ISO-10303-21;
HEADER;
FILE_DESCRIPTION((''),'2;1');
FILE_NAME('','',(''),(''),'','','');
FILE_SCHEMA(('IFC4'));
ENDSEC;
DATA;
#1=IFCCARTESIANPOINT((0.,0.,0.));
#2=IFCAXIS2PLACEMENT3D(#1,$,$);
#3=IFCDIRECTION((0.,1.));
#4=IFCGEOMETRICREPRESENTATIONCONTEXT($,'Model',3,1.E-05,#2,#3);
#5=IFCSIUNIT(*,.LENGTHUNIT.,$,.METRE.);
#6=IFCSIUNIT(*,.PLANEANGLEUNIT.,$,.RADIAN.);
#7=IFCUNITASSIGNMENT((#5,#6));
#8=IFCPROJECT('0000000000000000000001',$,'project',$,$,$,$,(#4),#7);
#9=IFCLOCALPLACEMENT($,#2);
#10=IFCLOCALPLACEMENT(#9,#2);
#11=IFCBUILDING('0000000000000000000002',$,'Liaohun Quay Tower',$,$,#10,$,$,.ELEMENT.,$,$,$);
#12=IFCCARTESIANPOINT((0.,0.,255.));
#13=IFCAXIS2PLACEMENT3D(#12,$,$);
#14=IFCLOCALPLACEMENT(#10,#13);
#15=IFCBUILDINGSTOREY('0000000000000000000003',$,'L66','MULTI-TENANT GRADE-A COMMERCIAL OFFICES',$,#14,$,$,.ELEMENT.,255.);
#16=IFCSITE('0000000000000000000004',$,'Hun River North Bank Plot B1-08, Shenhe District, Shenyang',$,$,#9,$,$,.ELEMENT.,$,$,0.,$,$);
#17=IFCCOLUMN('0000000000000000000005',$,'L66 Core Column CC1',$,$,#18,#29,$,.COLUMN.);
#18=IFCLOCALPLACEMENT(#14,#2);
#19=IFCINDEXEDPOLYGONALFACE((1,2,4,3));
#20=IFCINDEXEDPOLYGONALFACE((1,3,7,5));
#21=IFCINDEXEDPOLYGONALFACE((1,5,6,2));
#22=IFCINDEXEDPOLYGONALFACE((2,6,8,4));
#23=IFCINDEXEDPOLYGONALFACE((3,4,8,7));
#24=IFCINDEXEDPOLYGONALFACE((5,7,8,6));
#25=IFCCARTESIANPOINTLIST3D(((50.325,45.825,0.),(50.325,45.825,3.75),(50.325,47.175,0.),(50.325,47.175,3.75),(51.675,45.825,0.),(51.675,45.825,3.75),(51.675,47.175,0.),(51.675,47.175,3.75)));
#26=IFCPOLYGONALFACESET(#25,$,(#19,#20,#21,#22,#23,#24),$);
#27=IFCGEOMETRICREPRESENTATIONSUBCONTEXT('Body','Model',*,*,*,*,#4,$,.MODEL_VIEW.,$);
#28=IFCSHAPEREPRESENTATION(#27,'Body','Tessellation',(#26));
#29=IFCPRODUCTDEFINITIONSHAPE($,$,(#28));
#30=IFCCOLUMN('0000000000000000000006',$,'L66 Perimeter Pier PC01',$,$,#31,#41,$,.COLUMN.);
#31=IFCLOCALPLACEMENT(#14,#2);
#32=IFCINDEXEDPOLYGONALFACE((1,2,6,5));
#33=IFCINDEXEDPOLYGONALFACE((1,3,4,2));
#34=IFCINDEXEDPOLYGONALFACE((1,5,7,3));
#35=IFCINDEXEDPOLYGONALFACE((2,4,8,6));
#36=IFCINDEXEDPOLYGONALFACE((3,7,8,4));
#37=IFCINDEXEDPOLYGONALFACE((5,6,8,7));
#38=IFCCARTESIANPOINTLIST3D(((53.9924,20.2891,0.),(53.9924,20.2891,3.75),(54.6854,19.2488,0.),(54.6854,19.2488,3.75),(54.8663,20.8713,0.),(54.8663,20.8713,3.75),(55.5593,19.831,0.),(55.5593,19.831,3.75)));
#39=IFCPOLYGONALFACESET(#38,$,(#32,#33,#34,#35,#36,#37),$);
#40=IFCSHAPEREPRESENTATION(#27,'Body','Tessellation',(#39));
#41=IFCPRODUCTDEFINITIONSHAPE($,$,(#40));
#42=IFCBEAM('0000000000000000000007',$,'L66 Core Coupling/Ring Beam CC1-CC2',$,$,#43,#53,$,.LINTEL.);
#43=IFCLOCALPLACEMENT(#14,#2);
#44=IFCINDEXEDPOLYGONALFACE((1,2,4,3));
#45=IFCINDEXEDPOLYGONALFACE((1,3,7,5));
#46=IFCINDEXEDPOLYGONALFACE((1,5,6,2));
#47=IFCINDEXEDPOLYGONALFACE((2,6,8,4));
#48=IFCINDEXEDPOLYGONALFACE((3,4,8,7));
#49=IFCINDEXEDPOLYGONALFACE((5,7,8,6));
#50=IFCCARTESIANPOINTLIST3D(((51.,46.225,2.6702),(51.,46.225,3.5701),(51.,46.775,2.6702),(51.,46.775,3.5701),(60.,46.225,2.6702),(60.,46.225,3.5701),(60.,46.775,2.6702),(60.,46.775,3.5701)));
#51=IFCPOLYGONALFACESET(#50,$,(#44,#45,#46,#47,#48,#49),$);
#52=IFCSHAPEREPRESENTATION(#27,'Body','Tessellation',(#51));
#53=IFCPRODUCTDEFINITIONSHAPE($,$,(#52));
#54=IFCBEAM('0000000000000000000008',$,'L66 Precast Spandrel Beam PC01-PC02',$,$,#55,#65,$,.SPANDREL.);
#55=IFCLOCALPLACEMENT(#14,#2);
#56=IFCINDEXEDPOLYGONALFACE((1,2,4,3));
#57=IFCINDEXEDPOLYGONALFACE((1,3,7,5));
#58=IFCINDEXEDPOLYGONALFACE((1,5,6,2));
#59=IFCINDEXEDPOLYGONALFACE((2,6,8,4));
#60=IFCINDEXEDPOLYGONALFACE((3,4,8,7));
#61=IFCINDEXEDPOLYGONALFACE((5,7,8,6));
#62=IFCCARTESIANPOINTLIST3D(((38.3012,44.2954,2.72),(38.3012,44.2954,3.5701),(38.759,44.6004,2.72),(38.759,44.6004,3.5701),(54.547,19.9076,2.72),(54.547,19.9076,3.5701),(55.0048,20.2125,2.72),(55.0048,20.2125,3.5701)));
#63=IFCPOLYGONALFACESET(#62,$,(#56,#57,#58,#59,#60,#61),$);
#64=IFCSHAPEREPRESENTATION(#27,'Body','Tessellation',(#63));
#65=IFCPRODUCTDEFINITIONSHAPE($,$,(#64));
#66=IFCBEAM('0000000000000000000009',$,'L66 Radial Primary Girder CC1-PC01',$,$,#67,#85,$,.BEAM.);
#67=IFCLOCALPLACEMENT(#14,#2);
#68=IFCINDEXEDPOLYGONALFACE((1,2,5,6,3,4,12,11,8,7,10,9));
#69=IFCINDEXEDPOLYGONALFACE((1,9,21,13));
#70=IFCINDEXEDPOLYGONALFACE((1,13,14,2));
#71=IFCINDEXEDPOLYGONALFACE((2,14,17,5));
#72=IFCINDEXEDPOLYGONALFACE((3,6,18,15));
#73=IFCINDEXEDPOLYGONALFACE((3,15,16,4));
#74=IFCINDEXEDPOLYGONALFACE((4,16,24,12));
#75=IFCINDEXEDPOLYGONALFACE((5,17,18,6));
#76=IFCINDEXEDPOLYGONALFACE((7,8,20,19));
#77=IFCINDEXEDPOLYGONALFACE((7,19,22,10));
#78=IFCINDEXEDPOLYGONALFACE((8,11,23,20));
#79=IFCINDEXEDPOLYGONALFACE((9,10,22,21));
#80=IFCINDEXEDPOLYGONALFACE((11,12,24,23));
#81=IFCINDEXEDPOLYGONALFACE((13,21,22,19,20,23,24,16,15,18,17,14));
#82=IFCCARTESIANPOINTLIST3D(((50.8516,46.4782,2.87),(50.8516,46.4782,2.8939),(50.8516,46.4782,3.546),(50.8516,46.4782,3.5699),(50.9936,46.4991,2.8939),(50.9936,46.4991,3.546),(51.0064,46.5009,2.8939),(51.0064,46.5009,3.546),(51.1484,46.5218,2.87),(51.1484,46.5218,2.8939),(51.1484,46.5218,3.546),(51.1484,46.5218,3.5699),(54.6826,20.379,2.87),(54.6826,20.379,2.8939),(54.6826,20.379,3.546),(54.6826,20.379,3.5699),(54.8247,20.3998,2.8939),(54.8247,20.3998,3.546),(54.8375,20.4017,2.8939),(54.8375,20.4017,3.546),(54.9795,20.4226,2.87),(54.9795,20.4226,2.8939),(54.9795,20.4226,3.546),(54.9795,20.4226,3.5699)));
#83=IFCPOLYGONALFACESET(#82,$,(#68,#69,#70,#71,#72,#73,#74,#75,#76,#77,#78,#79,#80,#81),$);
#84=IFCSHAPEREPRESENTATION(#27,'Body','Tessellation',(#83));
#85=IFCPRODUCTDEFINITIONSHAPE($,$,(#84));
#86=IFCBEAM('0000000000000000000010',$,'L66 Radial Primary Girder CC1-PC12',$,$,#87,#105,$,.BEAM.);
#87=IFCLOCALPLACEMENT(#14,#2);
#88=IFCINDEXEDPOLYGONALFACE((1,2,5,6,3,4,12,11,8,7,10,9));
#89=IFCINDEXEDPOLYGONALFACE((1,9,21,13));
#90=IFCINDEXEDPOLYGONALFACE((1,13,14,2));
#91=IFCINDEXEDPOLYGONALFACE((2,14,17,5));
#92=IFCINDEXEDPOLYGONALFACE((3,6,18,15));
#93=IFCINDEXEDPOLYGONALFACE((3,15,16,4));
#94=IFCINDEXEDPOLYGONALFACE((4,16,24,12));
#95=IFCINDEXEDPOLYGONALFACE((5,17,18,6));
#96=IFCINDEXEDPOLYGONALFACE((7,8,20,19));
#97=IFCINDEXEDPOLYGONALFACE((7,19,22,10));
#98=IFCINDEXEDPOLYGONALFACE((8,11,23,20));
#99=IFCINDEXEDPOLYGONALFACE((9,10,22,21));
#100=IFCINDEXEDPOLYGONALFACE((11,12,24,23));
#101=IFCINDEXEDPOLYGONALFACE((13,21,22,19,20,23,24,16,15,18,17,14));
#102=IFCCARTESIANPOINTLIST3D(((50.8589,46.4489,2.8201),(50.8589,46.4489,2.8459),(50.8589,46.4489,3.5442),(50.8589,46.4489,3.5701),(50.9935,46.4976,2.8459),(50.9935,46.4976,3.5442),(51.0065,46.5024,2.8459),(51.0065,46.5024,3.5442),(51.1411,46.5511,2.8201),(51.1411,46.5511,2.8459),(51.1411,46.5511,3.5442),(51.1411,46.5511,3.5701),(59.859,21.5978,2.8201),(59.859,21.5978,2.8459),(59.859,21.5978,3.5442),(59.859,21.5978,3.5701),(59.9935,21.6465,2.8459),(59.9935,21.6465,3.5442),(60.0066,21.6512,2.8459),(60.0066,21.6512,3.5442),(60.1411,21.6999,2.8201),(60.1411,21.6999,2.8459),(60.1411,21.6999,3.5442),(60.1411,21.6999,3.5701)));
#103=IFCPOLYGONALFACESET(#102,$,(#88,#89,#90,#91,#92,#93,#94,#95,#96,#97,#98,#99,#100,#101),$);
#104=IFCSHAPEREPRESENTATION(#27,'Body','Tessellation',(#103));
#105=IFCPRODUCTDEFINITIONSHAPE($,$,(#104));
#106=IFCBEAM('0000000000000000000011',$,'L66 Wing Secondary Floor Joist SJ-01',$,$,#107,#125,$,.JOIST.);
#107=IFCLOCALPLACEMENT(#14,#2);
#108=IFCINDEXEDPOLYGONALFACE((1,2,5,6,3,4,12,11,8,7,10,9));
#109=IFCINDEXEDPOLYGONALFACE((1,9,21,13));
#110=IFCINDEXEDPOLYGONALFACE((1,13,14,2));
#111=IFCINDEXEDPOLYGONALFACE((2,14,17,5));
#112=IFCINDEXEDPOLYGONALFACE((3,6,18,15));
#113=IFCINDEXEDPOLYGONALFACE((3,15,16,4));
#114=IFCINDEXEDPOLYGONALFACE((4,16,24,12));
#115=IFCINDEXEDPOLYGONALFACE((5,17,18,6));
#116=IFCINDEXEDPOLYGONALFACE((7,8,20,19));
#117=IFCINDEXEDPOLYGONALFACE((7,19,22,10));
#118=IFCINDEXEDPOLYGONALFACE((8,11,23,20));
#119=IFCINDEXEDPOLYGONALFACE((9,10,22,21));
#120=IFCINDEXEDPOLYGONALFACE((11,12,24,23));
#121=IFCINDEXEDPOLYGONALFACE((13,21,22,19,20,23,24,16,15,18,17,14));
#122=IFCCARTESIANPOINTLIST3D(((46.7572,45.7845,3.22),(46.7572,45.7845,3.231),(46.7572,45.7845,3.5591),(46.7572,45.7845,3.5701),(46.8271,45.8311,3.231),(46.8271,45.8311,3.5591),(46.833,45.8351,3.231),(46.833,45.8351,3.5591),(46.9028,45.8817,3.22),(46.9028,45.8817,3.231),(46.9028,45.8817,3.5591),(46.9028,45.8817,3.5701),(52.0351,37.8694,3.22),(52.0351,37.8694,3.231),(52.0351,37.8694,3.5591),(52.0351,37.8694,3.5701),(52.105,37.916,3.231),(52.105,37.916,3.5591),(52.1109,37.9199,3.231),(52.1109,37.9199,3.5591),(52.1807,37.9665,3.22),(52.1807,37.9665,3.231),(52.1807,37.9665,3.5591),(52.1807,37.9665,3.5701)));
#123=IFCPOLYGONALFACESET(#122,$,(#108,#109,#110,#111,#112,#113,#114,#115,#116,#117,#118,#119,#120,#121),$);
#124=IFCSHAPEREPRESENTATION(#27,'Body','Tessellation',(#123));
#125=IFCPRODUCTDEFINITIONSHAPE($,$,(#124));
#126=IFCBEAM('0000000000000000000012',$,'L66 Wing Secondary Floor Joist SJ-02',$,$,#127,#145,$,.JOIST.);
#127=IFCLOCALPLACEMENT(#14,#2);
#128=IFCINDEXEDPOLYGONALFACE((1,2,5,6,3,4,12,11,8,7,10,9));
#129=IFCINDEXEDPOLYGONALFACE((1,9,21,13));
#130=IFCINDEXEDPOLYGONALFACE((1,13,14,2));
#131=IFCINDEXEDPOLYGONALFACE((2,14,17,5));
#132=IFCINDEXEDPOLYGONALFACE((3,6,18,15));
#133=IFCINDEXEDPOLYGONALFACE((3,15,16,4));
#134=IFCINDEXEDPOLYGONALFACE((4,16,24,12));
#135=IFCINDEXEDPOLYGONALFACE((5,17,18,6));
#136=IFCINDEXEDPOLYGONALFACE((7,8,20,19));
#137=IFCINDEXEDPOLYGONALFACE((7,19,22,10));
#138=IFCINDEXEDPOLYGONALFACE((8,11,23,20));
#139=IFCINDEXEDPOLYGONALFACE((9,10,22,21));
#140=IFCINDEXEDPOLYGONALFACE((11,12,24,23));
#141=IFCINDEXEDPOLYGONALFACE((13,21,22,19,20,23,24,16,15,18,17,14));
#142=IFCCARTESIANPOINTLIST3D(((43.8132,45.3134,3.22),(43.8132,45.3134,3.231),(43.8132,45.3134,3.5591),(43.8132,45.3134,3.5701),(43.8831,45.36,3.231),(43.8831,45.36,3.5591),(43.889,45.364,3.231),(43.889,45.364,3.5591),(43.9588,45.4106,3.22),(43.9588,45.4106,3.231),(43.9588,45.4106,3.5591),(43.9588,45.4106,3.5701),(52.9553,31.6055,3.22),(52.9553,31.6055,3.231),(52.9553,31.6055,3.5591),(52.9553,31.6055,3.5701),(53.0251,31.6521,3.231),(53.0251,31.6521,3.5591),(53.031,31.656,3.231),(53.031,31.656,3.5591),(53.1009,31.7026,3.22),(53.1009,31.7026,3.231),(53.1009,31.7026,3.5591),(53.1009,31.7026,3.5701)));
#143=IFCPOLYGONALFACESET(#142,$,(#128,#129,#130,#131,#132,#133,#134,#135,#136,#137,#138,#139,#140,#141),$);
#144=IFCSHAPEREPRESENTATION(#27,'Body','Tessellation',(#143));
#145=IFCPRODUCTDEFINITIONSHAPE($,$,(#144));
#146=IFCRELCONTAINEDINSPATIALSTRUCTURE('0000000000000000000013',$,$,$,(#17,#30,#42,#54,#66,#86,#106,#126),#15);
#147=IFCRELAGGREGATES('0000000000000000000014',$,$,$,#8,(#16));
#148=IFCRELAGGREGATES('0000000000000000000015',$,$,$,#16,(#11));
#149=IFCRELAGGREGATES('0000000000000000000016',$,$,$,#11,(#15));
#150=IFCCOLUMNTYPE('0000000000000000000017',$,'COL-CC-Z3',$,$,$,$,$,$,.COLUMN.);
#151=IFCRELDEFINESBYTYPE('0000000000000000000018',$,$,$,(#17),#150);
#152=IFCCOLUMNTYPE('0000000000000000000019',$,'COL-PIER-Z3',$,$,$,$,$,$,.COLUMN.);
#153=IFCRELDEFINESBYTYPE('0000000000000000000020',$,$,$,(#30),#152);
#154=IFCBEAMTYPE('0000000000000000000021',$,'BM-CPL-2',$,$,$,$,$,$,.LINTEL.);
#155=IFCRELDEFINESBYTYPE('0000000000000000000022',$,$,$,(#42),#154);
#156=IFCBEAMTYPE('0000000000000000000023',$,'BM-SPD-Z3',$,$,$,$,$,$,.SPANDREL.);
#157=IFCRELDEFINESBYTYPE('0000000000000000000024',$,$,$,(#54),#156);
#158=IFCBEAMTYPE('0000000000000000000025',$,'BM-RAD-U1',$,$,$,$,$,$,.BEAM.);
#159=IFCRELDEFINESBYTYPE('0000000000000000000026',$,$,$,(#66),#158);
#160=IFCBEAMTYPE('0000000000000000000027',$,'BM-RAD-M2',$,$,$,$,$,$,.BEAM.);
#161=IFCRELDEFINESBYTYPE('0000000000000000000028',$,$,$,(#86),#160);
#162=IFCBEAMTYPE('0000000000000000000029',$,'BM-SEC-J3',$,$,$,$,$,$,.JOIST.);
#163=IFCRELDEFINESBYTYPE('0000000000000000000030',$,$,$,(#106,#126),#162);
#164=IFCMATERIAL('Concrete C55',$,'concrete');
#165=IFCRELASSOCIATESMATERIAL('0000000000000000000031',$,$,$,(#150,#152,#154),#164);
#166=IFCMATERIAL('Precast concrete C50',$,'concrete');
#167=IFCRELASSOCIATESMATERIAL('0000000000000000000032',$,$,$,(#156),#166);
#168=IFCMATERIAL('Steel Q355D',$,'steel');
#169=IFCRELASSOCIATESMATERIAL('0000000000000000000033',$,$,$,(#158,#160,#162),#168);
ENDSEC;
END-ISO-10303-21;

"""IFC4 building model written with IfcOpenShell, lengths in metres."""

from ifc_helpers import new_model, si_unit, direction, frame, origin, origin_2d, place, context, subcontext, project, spatial, rectangle, i_section, extrude, source, transform, mapped, material, material_profile, profile_set, type_object, element, save


model = new_model("IFC4")

# Units and contexts
model_context = context("Model", 3, precision=1e-05, world=origin(), true_north=direction((0.0, 1.0)))
body_context = subcontext(model_context, "Body", "Model", "MODEL_VIEW")
ifc_project = project(units=[si_unit("LENGTHUNIT", "METRE"), si_unit("PLANEANGLEUNIT", "RADIAN")], contexts=[model_context])

# Site, building, storey
site_placement = place(None, origin())
site = spatial("IfcSite", under=ifc_project, at=site_placement, Name="Hun River North Bank Plot B1-08, Shenhe District, Shenyang", CompositionType="ELEMENT", RefElevation=0.0)
building_placement = place(site_placement, origin())
building = spatial("IfcBuilding", under=site, at=building_placement, Name="Liaohun Quay Tower", CompositionType="ELEMENT")
storey_placement = place(building_placement, frame((0.0, 0.0, 255.0)))
storey = spatial("IfcBuildingStorey", under=building, at=storey_placement, Name="L66", Description="MULTI-TENANT GRADE-A COMMERCIAL OFFICES", CompositionType="ELEMENT", Elevation=255.0)

# Columns
ifc_material_1 = material(Name="Concrete C55", Category="concrete")
ifc_material_profile_1 = material_profile(ifc_material_1, rectangle(XDim=1.3501, YDim=1.3501, at=origin_2d()), Name="RC1350x1350")
ifc_profile_set_1 = profile_set([ifc_material_profile_1], Name="Concrete C55")
column_type_1 = type_object("IfcColumnType", Name="COL-CC-Z3", PredefinedType="COLUMN", material=ifc_profile_set_1)
shared_shape_1 = source(origin(), body_context, "Body", "SweptSolid", [
    extrude(rectangle(XDim=1.3501, YDim=1.3501, at=origin_2d()), origin(), (0.0, 0.0, 1.0), 3.75),
])
column_1_placement = place(storey_placement, frame((51.0, 46.5, 0.0), z_axis=(0.0, 0.0, 1.0), x_axis=(1.0, 0.0, 0.0)))
element("IfcColumn", 1, at=column_1_placement, inside=storey, type_object=column_type_1, Name="L66 Core Column CC1", PredefinedType="COLUMN", context=body_context, shape_type="MappedRepresentation", body=[
    mapped(shared_shape_1, transform((0.0, 0.0, 0.0), x_axis=(1.0, 0.0, 0.0), y_axis=(0.0, 1.0, 0.0), z_axis=(0.0, 0.0, 1.0), scale=1.0)),
])
ifc_material_profile_2 = material_profile(ifc_material_1, rectangle(XDim=1.25, YDim=1.05, at=origin_2d()), Name="RC1250x1050")
ifc_profile_set_2 = profile_set([ifc_material_profile_2], Name="Concrete C55")
column_type_2 = type_object("IfcColumnType", Name="COL-PIER-Z3", PredefinedType="COLUMN", material=ifc_profile_set_2)
shared_shape_2 = source(origin(), body_context, "Body", "SweptSolid", [
    extrude(rectangle(XDim=1.25, YDim=1.05, at=origin_2d()), origin(), (0.0, 0.0, 1.0), 3.75),
])
column_2_placement = place(storey_placement, frame((54.7759, 20.0601, 0.0), z_axis=(0.0, 0.0, 1.0), x_axis=(-0.554409, 0.832245, 0.0)))
element("IfcColumn", 2, at=column_2_placement, inside=storey, type_object=column_type_2, Name="L66 Perimeter Pier PC01", PredefinedType="COLUMN", context=body_context, shape_type="MappedRepresentation", body=[
    mapped(shared_shape_2, transform((0.0, 0.0, 0.0), x_axis=(1.0, 0.0, 0.0), y_axis=(0.0, 1.0, 0.0), z_axis=(0.0, 0.0, 1.0), scale=1.0)),
])

# Beams
ifc_material_profile_3 = material_profile(ifc_material_1, rectangle(XDim=0.55, YDim=0.8999, at=origin_2d()), Name="RC550x900")
ifc_profile_set_3 = profile_set([ifc_material_profile_3], Name="Concrete C55")
beam_type_1 = type_object("IfcBeamType", Name="BM-CPL-2", PredefinedType="LINTEL", material=ifc_profile_set_3)
shared_shape_3 = source(origin(), body_context, "Body", "SweptSolid", [
    extrude(rectangle(XDim=0.55, YDim=0.8999, at=origin_2d()), origin(), (0.0, 0.0, 1.0), 9.0),
])
beam_1_placement = place(storey_placement, frame((51.0, 46.5, 3.1201), z_axis=(1.0, 0.0, 0.0), x_axis=(0.0, 1.0, 0.0)))
element("IfcBeam", 3, at=beam_1_placement, inside=storey, type_object=beam_type_1, Name="L66 Core Coupling/Ring Beam CC1-CC2", PredefinedType="LINTEL", context=body_context, shape_type="MappedRepresentation", body=[
    mapped(shared_shape_3, transform((0.0, 0.0, 0.0), x_axis=(1.0, 0.0, 0.0), y_axis=(0.0, 1.0, 0.0), z_axis=(0.0, 0.0, 1.0), scale=1.0)),
])
ifc_material_2 = material(Name="Precast concrete C50", Category="concrete")
ifc_material_profile_4 = material_profile(ifc_material_2, rectangle(XDim=0.55, YDim=0.8501, at=origin_2d()), Name="RC550x850")
ifc_profile_set_4 = profile_set([ifc_material_profile_4], Name="Precast concrete C50")
beam_type_2 = type_object("IfcBeamType", Name="BM-SPD-Z3", PredefinedType="SPANDREL", material=ifc_profile_set_4)
shared_shape_4 = source(origin(), body_context, "Body", "SweptSolid", [
    extrude(rectangle(XDim=0.55, YDim=0.8501, at=origin_2d()), origin(), (0.0, 0.0, 1.0), 29.3035),
])
beam_2_placement = place(storey_placement, frame((54.7759, 20.0601, 3.145), z_axis=(-0.554398, 0.832251, 0.0), x_axis=(-0.832251, -0.554398, 0.0)))
element("IfcBeam", 4, at=beam_2_placement, inside=storey, type_object=beam_type_2, Name="L66 Precast Spandrel Beam PC01-PC02", PredefinedType="SPANDREL", context=body_context, shape_type="MappedRepresentation", body=[
    mapped(shared_shape_4, transform((0.0, 0.0, 0.0), x_axis=(1.0, 0.0, 0.0), y_axis=(0.0, 1.0, 0.0), z_axis=(0.0, 0.0, 1.0), scale=1.0)),
])
ifc_material_3 = material(Name="Steel Q355D", Category="steel")
ifc_material_profile_5 = material_profile(ifc_material_3, i_section(OverallWidth=0.3, OverallDepth=0.7, WebThickness=0.0129, FlangeThickness=0.0239, at=origin_2d()), Name="HN700x300x13x24")
ifc_profile_set_5 = profile_set([ifc_material_profile_5], Name="Steel Q355D")
beam_type_3 = type_object("IfcBeamType", Name="BM-RAD-U1", PredefinedType="BEAM", material=ifc_profile_set_5)
shared_shape_5 = source(origin(), body_context, "Body", "SweptSolid", [
    extrude(i_section(OverallWidth=0.3, OverallDepth=0.7, WebThickness=0.0129, FlangeThickness=0.0239, at=origin_2d()), origin(), (0.0, 0.0, 1.0), 26.3789),
])
beam_3_placement = place(storey_placement, frame((51.0, 46.5, 3.22), z_axis=(0.145232, -0.989398, 0.0), x_axis=(0.989398, 0.145232, 0.0)))
element("IfcBeam", 5, at=beam_3_placement, inside=storey, type_object=beam_type_3, Name="L66 Radial Primary Girder CC1-PC01", PredefinedType="BEAM", context=body_context, shape_type="MappedRepresentation", body=[
    mapped(shared_shape_5, transform((0.0, 0.0, 0.0), x_axis=(1.0, 0.0, 0.0), y_axis=(0.0, 1.0, 0.0), z_axis=(0.0, 0.0, 1.0), scale=1.0)),
])
ifc_material_profile_6 = material_profile(ifc_material_3, i_section(OverallWidth=0.3, OverallDepth=0.75, WebThickness=0.0139, FlangeThickness=0.0259, at=origin_2d()), Name="HN750x300x14x26")
ifc_profile_set_6 = profile_set([ifc_material_profile_6], Name="Steel Q355D")
beam_type_4 = type_object("IfcBeamType", Name="BM-RAD-M2", PredefinedType="BEAM", material=ifc_profile_set_6)
shared_shape_6 = source(origin(), body_context, "Body", "SweptSolid", [
    extrude(i_section(OverallWidth=0.3, OverallDepth=0.75, WebThickness=0.0139, FlangeThickness=0.0259, at=origin_2d()), origin(), (0.0, 0.0, 1.0), 26.4307),
])
beam_4_placement = place(storey_placement, frame((51.0, 46.5, 3.1951), z_axis=(0.340515, -0.940239, 0.0), x_axis=(0.940239, 0.340515, 0.0)))
element("IfcBeam", 6, at=beam_4_placement, inside=storey, type_object=beam_type_4, Name="L66 Radial Primary Girder CC1-PC12", PredefinedType="BEAM", context=body_context, shape_type="MappedRepresentation", body=[
    mapped(shared_shape_6, transform((0.0, 0.0, 0.0), x_axis=(1.0, 0.0, 0.0), y_axis=(0.0, 1.0, 0.0), z_axis=(0.0, 0.0, 1.0), scale=1.0)),
])
ifc_material_profile_7 = material_profile(ifc_material_3, i_section(OverallWidth=0.175, OverallDepth=0.3501, WebThickness=0.0071, FlangeThickness=0.011, at=origin_2d()), Name="HN350x175x7x11")
ifc_profile_set_7 = profile_set([ifc_material_profile_7], Name="Steel Q355D")
beam_type_5 = type_object("IfcBeamType", Name="BM-SEC-J3", PredefinedType="JOIST", material=ifc_profile_set_7)
shared_shape_7 = source(origin(), body_context, "Body", "SweptSolid", [
    extrude(i_section(OverallWidth=0.175, OverallDepth=0.3501, WebThickness=0.0071, FlangeThickness=0.011, at=origin_2d()), origin(), (0.0, 0.0, 1.0), 9.5134),
])
beam_5_placement = place(storey_placement, frame((52.1079, 37.918, 3.395), z_axis=(-0.554783, 0.831995, 0.0), x_axis=(-0.831995, -0.554783, 0.0)))
element("IfcBeam", 7, at=beam_5_placement, inside=storey, type_object=beam_type_5, Name="L66 Wing Secondary Floor Joist SJ-01", PredefinedType="JOIST", context=body_context, shape_type="MappedRepresentation", body=[
    mapped(shared_shape_7, transform((0.0, 0.0, 0.0), x_axis=(1.0, 0.0, 0.0), y_axis=(0.0, 1.0, 0.0), z_axis=(0.0, 0.0, 1.0), scale=1.0)),
])
shared_shape_8 = source(origin(), body_context, "Body", "SweptSolid", [
    extrude(i_section(OverallWidth=0.175, OverallDepth=0.3501, WebThickness=0.0071, FlangeThickness=0.011, at=origin_2d()), origin(), (0.0, 0.0, 1.0), 16.4768),
])
beam_6_placement = place(storey_placement, frame((53.0281, 31.6541, 3.395), z_axis=(-0.554844, 0.831955, 0.0), x_axis=(-0.831955, -0.554844, 0.0)))
element("IfcBeam", 8, at=beam_6_placement, inside=storey, type_object=beam_type_5, Name="L66 Wing Secondary Floor Joist SJ-02", PredefinedType="JOIST", context=body_context, shape_type="MappedRepresentation", body=[
    mapped(shared_shape_8, transform((0.0, 0.0, 0.0), x_axis=(1.0, 0.0, 0.0), y_axis=(0.0, 1.0, 0.0), z_axis=(0.0, 0.0, 1.0), scale=1.0)),
])

save(model, "model.ifc")
